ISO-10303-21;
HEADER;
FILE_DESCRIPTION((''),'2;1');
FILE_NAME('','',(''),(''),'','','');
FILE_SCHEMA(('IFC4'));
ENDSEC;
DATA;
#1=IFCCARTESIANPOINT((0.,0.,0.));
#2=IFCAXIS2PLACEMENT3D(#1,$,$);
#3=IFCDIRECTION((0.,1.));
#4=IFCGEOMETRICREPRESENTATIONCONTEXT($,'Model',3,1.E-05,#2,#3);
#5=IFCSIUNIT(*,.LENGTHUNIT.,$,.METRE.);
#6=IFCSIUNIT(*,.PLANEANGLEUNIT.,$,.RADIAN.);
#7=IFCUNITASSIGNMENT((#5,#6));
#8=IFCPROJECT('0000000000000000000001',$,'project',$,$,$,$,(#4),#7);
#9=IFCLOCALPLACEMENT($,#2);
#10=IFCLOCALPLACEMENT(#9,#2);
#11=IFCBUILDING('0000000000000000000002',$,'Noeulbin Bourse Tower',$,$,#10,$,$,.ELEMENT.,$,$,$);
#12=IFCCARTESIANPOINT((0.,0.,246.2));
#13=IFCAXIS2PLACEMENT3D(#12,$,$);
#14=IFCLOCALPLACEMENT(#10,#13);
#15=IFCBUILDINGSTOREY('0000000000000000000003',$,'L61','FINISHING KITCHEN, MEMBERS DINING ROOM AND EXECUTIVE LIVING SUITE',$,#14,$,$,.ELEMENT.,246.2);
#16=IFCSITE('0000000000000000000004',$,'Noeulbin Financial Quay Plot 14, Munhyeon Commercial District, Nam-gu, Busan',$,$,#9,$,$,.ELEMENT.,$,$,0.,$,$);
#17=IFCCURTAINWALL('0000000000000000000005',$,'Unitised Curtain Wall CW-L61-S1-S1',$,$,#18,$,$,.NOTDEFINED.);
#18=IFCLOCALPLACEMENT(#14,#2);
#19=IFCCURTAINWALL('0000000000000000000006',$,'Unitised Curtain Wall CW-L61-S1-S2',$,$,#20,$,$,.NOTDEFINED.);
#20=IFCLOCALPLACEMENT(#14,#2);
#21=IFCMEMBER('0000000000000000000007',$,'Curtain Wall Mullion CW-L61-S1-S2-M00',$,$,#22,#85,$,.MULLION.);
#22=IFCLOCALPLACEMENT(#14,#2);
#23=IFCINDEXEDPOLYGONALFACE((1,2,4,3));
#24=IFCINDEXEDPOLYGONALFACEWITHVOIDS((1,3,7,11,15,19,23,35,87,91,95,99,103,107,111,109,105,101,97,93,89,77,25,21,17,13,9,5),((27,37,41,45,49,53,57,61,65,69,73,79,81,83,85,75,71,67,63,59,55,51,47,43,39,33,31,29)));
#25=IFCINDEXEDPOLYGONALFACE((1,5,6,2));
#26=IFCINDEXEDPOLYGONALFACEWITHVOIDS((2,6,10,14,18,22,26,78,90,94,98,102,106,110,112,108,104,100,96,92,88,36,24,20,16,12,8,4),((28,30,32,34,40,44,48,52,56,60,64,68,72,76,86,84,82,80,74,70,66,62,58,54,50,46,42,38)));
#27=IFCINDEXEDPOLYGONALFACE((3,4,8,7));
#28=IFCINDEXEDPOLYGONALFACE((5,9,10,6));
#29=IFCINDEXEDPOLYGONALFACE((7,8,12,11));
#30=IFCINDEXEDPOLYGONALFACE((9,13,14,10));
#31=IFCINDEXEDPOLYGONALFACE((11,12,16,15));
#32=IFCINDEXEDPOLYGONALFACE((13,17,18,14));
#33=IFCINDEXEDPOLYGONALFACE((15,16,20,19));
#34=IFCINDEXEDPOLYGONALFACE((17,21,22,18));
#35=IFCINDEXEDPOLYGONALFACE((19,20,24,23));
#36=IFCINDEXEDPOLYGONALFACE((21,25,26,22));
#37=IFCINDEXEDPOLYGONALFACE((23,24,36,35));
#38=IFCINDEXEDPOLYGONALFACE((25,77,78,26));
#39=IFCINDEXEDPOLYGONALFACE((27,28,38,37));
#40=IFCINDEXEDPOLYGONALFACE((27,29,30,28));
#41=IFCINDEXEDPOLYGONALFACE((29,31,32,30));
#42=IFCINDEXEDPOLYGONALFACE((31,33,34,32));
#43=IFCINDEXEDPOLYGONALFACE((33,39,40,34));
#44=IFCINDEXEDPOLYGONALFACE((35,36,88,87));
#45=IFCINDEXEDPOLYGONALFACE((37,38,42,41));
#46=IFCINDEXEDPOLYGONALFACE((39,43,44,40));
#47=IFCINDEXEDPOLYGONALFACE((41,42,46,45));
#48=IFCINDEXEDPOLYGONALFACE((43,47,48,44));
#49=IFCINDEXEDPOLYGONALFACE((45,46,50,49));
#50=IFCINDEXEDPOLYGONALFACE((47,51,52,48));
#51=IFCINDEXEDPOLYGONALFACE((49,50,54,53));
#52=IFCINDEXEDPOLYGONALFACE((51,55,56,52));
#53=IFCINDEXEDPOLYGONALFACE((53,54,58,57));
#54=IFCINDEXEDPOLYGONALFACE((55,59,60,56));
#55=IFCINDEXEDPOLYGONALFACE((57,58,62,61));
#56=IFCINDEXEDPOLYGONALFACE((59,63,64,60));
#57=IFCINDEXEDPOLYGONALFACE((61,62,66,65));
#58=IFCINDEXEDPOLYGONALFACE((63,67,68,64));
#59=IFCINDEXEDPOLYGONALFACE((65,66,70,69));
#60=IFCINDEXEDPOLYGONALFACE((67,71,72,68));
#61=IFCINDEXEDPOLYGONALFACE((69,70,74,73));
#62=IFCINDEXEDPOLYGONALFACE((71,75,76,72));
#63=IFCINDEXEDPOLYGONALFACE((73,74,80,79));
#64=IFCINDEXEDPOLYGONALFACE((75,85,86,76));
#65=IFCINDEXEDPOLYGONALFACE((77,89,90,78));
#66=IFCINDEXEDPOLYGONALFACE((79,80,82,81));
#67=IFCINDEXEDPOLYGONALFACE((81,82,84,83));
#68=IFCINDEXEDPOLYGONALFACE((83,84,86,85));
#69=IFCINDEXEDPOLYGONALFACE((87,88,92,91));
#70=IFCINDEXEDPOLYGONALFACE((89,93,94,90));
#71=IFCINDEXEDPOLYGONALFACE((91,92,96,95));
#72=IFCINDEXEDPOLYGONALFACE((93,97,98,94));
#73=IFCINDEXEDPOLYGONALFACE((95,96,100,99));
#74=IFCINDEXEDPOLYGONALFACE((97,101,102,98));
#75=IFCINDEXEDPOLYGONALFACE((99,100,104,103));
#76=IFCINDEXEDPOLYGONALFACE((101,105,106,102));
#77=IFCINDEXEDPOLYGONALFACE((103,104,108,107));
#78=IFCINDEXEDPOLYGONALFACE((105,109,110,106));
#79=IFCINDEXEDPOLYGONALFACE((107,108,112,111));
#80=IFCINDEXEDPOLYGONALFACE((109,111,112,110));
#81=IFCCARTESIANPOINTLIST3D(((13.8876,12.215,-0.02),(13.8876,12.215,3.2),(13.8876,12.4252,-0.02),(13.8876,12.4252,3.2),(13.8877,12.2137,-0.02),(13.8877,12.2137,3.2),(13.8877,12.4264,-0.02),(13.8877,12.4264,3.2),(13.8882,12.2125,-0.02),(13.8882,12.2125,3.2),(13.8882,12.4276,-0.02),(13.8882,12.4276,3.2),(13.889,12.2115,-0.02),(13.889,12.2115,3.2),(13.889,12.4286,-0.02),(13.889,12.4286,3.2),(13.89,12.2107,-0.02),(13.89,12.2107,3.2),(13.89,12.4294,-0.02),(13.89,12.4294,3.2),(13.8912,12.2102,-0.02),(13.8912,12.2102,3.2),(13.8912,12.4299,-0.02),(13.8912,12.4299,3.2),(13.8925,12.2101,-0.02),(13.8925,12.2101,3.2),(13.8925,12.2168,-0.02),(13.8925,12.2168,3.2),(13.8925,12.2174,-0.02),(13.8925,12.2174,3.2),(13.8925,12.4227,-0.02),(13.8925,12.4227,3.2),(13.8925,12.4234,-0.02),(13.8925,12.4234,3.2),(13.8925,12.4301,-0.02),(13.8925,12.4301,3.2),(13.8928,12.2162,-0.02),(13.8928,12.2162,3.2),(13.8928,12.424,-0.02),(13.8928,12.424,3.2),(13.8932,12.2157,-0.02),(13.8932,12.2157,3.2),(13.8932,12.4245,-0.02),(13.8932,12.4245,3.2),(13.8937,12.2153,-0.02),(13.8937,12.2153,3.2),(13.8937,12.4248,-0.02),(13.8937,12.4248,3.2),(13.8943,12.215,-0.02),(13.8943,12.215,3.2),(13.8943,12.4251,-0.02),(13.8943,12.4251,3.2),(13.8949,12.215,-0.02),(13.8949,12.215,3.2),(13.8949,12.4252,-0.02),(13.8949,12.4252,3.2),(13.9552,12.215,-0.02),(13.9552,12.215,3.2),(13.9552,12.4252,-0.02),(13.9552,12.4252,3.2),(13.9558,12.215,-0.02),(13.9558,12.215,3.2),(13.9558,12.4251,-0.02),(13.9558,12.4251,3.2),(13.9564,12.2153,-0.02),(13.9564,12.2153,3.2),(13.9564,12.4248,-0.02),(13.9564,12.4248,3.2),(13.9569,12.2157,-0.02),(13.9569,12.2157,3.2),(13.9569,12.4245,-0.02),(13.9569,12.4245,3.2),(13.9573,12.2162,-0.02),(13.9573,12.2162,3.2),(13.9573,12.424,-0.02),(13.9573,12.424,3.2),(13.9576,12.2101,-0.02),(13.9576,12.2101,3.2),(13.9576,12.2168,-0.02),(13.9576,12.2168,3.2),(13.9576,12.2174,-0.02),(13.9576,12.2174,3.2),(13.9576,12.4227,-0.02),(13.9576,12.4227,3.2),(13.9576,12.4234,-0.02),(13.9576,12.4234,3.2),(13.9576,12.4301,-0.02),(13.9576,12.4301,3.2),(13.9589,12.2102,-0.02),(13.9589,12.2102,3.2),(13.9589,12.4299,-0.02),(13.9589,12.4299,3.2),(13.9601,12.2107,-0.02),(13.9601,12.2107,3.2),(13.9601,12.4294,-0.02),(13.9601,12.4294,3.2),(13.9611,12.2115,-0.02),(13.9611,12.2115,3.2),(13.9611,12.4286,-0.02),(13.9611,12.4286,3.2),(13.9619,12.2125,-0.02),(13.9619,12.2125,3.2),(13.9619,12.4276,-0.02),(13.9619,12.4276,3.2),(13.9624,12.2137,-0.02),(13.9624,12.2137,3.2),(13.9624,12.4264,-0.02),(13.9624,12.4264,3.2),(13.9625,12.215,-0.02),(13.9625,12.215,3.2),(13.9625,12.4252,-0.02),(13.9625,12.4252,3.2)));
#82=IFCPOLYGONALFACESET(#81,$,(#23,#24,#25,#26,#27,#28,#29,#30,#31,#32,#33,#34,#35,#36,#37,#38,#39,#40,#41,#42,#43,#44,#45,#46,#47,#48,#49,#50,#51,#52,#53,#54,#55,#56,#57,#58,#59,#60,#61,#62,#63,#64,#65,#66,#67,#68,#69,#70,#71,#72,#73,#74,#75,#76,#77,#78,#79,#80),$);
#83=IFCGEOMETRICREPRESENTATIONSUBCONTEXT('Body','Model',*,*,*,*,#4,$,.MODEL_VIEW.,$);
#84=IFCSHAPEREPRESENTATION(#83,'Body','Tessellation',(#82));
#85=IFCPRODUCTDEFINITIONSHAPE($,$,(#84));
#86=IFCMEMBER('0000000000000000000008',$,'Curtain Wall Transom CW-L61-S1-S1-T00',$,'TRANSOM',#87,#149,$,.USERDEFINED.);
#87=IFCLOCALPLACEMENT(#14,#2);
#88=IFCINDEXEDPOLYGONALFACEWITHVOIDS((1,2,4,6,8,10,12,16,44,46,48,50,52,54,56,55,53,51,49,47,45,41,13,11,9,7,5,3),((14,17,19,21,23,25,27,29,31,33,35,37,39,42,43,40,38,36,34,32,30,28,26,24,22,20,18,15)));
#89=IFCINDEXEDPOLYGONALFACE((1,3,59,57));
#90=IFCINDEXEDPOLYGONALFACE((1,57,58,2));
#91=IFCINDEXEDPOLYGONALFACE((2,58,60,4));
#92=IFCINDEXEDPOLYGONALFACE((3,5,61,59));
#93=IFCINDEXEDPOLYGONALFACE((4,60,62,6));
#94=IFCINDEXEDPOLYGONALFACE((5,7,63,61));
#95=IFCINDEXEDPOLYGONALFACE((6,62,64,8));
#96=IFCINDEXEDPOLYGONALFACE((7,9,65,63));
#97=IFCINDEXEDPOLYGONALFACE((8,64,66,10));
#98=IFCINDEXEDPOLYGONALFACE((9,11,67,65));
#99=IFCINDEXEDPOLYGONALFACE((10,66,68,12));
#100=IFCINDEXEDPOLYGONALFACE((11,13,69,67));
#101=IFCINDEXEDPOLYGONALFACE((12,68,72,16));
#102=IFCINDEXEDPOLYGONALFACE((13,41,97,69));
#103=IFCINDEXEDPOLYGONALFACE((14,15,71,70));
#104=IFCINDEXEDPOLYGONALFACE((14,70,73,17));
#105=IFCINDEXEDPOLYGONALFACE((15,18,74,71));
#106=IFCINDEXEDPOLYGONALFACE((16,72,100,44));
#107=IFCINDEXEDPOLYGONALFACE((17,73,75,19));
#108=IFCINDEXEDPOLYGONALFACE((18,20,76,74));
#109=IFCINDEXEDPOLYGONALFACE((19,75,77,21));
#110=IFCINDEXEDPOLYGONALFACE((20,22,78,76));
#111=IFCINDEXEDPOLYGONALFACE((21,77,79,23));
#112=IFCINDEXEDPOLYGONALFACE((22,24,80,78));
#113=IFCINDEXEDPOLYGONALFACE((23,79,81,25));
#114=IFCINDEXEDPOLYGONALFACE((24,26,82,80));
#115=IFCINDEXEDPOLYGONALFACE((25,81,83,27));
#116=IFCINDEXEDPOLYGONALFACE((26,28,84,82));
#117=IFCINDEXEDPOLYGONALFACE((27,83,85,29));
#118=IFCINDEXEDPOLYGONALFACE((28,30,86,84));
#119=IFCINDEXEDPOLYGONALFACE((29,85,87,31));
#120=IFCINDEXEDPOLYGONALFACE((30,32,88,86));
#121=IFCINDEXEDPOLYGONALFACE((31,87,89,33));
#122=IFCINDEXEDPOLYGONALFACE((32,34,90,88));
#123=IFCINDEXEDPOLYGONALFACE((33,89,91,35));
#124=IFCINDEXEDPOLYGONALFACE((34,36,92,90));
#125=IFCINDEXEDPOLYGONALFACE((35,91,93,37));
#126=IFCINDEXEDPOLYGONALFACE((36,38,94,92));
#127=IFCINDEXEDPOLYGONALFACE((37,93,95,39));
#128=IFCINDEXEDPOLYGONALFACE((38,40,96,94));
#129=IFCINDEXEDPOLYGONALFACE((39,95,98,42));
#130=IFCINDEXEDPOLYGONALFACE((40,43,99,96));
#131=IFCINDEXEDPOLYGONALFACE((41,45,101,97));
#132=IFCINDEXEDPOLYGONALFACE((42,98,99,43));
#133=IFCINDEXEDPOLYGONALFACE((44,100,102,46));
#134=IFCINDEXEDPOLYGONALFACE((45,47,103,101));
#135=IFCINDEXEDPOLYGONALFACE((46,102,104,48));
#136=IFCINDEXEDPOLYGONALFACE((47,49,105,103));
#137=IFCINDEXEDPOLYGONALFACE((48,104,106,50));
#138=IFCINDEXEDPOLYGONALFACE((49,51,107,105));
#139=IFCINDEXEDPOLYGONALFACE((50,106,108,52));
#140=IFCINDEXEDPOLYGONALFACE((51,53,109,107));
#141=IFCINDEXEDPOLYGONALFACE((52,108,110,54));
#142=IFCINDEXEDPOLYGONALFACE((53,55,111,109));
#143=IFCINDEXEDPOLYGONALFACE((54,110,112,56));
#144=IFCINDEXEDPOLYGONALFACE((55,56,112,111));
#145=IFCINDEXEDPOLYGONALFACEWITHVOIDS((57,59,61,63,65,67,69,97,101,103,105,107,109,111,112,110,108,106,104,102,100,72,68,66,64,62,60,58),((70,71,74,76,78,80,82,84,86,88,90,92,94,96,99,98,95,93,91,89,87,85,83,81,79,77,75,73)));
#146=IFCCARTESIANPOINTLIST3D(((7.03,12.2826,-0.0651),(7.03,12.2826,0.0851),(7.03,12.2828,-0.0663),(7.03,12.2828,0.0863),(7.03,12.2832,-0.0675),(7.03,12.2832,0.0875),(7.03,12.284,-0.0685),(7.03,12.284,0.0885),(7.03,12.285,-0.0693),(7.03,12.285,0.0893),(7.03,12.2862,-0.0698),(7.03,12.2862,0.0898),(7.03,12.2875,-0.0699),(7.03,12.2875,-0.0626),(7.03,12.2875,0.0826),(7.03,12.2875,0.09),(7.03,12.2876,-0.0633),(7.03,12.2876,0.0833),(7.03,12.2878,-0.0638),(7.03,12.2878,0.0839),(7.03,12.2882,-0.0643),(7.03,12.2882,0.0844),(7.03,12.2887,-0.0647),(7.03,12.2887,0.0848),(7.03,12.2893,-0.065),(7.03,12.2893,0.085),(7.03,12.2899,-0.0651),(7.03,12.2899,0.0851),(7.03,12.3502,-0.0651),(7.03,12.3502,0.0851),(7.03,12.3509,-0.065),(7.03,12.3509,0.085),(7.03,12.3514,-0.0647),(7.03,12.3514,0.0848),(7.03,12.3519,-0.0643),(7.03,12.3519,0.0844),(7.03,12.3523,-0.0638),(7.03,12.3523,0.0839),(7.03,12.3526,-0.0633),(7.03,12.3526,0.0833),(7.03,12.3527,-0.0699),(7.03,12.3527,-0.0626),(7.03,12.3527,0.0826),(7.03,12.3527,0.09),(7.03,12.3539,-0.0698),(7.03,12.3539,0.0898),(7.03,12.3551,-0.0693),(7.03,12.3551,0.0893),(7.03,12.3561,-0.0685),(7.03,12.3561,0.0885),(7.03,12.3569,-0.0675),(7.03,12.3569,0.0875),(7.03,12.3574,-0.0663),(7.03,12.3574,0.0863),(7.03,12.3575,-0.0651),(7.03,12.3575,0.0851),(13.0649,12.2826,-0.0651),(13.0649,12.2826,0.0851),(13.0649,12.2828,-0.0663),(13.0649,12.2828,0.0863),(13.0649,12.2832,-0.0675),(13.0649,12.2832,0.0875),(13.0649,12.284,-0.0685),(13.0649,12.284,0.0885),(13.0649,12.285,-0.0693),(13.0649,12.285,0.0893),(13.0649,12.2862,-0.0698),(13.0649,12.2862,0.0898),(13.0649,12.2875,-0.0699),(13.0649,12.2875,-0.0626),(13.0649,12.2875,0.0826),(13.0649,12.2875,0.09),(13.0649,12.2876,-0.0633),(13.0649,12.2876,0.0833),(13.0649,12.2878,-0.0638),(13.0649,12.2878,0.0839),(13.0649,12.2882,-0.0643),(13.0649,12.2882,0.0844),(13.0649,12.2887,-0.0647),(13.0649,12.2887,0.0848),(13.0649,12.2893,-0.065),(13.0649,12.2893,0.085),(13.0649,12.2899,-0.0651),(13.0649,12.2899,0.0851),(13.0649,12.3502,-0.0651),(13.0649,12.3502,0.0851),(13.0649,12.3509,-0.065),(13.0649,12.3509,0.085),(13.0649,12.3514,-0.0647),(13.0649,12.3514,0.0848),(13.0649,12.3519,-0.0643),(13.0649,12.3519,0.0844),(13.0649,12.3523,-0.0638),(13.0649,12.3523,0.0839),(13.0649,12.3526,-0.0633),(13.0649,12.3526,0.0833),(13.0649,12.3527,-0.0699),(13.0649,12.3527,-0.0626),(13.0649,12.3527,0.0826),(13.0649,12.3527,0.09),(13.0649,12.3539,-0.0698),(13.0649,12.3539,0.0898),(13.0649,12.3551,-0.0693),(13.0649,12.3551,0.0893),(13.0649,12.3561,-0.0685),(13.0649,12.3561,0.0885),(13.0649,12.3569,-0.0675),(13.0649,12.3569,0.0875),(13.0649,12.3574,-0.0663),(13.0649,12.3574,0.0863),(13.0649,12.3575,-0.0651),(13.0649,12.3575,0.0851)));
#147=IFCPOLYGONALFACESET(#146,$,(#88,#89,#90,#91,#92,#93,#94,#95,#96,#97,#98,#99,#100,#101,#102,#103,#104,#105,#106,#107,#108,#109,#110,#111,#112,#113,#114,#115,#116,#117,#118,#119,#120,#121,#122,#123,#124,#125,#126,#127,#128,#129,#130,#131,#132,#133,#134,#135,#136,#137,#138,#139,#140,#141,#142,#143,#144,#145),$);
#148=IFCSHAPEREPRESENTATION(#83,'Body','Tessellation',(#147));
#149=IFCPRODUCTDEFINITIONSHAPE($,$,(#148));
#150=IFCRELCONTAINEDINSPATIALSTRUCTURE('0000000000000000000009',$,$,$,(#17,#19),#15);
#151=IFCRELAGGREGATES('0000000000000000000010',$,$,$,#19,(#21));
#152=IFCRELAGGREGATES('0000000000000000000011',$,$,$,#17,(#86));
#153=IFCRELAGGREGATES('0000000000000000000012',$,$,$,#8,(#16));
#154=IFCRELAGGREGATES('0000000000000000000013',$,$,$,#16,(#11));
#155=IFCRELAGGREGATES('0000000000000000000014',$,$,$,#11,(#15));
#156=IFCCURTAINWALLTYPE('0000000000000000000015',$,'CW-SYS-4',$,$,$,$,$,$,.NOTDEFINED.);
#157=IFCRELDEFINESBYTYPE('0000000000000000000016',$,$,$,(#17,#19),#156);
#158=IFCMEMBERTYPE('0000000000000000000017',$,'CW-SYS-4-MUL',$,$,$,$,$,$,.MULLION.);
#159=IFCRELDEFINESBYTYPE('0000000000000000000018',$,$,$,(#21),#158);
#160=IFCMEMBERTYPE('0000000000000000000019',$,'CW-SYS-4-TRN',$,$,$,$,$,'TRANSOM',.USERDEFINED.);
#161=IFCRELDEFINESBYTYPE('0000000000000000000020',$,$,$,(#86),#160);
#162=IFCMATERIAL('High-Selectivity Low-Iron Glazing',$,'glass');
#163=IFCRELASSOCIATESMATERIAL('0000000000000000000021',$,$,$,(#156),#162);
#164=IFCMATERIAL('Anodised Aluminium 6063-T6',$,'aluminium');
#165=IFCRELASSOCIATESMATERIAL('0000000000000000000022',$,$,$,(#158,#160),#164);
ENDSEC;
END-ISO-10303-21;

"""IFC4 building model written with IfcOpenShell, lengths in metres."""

from ifc_helpers import new_model, si_unit, direction, frame, origin, origin_2d, place, context, subcontext, project, spatial, hollow_rectangle, extrude, material, material_profile, profile_set, type_object, element, aggregate, save


model = new_model("IFC4")

# Units and contexts
model_context = context("Model", 3, precision=1e-05, world=origin(), true_north=direction((0.0, 1.0)))
body_context = subcontext(model_context, "Body", "Model", "MODEL_VIEW")
ifc_project = project(units=[si_unit("LENGTHUNIT", "METRE"), si_unit("PLANEANGLEUNIT", "RADIAN")], contexts=[model_context])

# Site, building, storey
site_placement = place(None, origin())
site = spatial("IfcSite", under=ifc_project, at=site_placement, Name="Noeulbin Financial Quay Plot 14, Munhyeon Commercial District, Nam-gu, Busan", CompositionType="ELEMENT", RefElevation=0.0)
building_placement = place(site_placement, origin())
building = spatial("IfcBuilding", under=site, at=building_placement, Name="Noeulbin Bourse Tower", CompositionType="ELEMENT")
storey_placement = place(building_placement, frame((0.0, 0.0, 246.2)))
storey = spatial("IfcBuildingStorey", under=building, at=storey_placement, Name="L61", Description="FINISHING KITCHEN, MEMBERS DINING ROOM AND EXECUTIVE LIVING SUITE", CompositionType="ELEMENT", Elevation=246.2)

# Curtain wall
ifc_material_1 = material(Name="High-Selectivity Low-Iron Glazing", Category="glass")
curtain_wall_type = type_object("IfcCurtainWallType", Name="CW-SYS-4", PredefinedType="NOTDEFINED", material=ifc_material_1)
curtain_wall_1_placement = place(storey_placement, origin())
curtain_wall_1 = element("IfcCurtainWall", 1, at=curtain_wall_1_placement, inside=storey, type_object=curtain_wall_type, Name="Unitised Curtain Wall CW-L61-S1-S1", PredefinedType="NOTDEFINED")
ifc_material_2 = material(Name="Anodised Aluminium 6063-T6", Category="aluminium")
ifc_material_profile_1 = material_profile(ifc_material_2, hollow_rectangle(XDim=0.075, YDim=0.22, WallThickness=0.0049, InnerFilletRadius=0.0024, OuterFilletRadius=0.0049, at=origin_2d()), Name="ALU-MULL-75x220x5", Category="LoadBearing")
ifc_profile_set_1 = profile_set([ifc_material_profile_1], Name="Anodised Aluminium 6063-T6")
member_type_1 = type_object("IfcMemberType", Name="CW-SYS-4-MUL", PredefinedType="MULLION", material=ifc_profile_set_1)

# Curtain wall, member
curtain_wall_2_placement = place(storey_placement, origin())
curtain_wall_2 = element("IfcCurtainWall", 2, at=curtain_wall_2_placement, inside=storey, type_object=curtain_wall_type, Name="Unitised Curtain Wall CW-L61-S1-S2", PredefinedType="NOTDEFINED")
member_1_placement = place(storey_placement, frame((13.925, 12.3201, -0.02), z_axis=(0.0, 0.0, 1.0), x_axis=(1.0, 0.0, 0.0)))
member_1 = element("IfcMember", 3, at=member_1_placement, type_object=member_type_1, Name="Curtain Wall Mullion CW-L61-S1-S2-M00", PredefinedType="MULLION", context=body_context, shape_type="SweptSolid", body=[
    extrude(hollow_rectangle(XDim=0.075, YDim=0.22, WallThickness=0.0049, InnerFilletRadius=0.0024, OuterFilletRadius=0.0049, at=origin_2d()), origin(), (0.0, 0.0, 1.0), 3.22),
])
aggregate(curtain_wall_2, [member_1])

# Member
ifc_material_profile_2 = material_profile(ifc_material_2, hollow_rectangle(XDim=0.075, YDim=0.1599, WallThickness=0.0049, InnerFilletRadius=0.0024, OuterFilletRadius=0.0049, at=origin_2d()), Name="ALU-TRAN-75x160x5", Category="LoadBearing")
ifc_profile_set_2 = profile_set([ifc_material_profile_2], Name="Anodised Aluminium 6063-T6")
member_type_2 = type_object("IfcMemberType", Name="CW-SYS-4-TRN", ElementType="TRANSOM", PredefinedType="USERDEFINED", material=ifc_profile_set_2)
member_2_placement = place(storey_placement, frame((7.03, 12.3201, 0.01), z_axis=(1.0, 0.0, 0.0), x_axis=(0.0, 1.0, 0.0)))
member_2 = element("IfcMember", 4, at=member_2_placement, type_object=member_type_2, Name="Curtain Wall Transom CW-L61-S1-S1-T00", ObjectType="TRANSOM", PredefinedType="USERDEFINED", context=body_context, shape_type="SweptSolid", body=[
    extrude(hollow_rectangle(XDim=0.075, YDim=0.1599, WallThickness=0.0049, InnerFilletRadius=0.0024, OuterFilletRadius=0.0049, at=origin_2d()), origin(), (0.0, 0.0, 1.0), 6.0349),
])

aggregate(curtain_wall_1, [member_2])

save(model, "model.ifc")
